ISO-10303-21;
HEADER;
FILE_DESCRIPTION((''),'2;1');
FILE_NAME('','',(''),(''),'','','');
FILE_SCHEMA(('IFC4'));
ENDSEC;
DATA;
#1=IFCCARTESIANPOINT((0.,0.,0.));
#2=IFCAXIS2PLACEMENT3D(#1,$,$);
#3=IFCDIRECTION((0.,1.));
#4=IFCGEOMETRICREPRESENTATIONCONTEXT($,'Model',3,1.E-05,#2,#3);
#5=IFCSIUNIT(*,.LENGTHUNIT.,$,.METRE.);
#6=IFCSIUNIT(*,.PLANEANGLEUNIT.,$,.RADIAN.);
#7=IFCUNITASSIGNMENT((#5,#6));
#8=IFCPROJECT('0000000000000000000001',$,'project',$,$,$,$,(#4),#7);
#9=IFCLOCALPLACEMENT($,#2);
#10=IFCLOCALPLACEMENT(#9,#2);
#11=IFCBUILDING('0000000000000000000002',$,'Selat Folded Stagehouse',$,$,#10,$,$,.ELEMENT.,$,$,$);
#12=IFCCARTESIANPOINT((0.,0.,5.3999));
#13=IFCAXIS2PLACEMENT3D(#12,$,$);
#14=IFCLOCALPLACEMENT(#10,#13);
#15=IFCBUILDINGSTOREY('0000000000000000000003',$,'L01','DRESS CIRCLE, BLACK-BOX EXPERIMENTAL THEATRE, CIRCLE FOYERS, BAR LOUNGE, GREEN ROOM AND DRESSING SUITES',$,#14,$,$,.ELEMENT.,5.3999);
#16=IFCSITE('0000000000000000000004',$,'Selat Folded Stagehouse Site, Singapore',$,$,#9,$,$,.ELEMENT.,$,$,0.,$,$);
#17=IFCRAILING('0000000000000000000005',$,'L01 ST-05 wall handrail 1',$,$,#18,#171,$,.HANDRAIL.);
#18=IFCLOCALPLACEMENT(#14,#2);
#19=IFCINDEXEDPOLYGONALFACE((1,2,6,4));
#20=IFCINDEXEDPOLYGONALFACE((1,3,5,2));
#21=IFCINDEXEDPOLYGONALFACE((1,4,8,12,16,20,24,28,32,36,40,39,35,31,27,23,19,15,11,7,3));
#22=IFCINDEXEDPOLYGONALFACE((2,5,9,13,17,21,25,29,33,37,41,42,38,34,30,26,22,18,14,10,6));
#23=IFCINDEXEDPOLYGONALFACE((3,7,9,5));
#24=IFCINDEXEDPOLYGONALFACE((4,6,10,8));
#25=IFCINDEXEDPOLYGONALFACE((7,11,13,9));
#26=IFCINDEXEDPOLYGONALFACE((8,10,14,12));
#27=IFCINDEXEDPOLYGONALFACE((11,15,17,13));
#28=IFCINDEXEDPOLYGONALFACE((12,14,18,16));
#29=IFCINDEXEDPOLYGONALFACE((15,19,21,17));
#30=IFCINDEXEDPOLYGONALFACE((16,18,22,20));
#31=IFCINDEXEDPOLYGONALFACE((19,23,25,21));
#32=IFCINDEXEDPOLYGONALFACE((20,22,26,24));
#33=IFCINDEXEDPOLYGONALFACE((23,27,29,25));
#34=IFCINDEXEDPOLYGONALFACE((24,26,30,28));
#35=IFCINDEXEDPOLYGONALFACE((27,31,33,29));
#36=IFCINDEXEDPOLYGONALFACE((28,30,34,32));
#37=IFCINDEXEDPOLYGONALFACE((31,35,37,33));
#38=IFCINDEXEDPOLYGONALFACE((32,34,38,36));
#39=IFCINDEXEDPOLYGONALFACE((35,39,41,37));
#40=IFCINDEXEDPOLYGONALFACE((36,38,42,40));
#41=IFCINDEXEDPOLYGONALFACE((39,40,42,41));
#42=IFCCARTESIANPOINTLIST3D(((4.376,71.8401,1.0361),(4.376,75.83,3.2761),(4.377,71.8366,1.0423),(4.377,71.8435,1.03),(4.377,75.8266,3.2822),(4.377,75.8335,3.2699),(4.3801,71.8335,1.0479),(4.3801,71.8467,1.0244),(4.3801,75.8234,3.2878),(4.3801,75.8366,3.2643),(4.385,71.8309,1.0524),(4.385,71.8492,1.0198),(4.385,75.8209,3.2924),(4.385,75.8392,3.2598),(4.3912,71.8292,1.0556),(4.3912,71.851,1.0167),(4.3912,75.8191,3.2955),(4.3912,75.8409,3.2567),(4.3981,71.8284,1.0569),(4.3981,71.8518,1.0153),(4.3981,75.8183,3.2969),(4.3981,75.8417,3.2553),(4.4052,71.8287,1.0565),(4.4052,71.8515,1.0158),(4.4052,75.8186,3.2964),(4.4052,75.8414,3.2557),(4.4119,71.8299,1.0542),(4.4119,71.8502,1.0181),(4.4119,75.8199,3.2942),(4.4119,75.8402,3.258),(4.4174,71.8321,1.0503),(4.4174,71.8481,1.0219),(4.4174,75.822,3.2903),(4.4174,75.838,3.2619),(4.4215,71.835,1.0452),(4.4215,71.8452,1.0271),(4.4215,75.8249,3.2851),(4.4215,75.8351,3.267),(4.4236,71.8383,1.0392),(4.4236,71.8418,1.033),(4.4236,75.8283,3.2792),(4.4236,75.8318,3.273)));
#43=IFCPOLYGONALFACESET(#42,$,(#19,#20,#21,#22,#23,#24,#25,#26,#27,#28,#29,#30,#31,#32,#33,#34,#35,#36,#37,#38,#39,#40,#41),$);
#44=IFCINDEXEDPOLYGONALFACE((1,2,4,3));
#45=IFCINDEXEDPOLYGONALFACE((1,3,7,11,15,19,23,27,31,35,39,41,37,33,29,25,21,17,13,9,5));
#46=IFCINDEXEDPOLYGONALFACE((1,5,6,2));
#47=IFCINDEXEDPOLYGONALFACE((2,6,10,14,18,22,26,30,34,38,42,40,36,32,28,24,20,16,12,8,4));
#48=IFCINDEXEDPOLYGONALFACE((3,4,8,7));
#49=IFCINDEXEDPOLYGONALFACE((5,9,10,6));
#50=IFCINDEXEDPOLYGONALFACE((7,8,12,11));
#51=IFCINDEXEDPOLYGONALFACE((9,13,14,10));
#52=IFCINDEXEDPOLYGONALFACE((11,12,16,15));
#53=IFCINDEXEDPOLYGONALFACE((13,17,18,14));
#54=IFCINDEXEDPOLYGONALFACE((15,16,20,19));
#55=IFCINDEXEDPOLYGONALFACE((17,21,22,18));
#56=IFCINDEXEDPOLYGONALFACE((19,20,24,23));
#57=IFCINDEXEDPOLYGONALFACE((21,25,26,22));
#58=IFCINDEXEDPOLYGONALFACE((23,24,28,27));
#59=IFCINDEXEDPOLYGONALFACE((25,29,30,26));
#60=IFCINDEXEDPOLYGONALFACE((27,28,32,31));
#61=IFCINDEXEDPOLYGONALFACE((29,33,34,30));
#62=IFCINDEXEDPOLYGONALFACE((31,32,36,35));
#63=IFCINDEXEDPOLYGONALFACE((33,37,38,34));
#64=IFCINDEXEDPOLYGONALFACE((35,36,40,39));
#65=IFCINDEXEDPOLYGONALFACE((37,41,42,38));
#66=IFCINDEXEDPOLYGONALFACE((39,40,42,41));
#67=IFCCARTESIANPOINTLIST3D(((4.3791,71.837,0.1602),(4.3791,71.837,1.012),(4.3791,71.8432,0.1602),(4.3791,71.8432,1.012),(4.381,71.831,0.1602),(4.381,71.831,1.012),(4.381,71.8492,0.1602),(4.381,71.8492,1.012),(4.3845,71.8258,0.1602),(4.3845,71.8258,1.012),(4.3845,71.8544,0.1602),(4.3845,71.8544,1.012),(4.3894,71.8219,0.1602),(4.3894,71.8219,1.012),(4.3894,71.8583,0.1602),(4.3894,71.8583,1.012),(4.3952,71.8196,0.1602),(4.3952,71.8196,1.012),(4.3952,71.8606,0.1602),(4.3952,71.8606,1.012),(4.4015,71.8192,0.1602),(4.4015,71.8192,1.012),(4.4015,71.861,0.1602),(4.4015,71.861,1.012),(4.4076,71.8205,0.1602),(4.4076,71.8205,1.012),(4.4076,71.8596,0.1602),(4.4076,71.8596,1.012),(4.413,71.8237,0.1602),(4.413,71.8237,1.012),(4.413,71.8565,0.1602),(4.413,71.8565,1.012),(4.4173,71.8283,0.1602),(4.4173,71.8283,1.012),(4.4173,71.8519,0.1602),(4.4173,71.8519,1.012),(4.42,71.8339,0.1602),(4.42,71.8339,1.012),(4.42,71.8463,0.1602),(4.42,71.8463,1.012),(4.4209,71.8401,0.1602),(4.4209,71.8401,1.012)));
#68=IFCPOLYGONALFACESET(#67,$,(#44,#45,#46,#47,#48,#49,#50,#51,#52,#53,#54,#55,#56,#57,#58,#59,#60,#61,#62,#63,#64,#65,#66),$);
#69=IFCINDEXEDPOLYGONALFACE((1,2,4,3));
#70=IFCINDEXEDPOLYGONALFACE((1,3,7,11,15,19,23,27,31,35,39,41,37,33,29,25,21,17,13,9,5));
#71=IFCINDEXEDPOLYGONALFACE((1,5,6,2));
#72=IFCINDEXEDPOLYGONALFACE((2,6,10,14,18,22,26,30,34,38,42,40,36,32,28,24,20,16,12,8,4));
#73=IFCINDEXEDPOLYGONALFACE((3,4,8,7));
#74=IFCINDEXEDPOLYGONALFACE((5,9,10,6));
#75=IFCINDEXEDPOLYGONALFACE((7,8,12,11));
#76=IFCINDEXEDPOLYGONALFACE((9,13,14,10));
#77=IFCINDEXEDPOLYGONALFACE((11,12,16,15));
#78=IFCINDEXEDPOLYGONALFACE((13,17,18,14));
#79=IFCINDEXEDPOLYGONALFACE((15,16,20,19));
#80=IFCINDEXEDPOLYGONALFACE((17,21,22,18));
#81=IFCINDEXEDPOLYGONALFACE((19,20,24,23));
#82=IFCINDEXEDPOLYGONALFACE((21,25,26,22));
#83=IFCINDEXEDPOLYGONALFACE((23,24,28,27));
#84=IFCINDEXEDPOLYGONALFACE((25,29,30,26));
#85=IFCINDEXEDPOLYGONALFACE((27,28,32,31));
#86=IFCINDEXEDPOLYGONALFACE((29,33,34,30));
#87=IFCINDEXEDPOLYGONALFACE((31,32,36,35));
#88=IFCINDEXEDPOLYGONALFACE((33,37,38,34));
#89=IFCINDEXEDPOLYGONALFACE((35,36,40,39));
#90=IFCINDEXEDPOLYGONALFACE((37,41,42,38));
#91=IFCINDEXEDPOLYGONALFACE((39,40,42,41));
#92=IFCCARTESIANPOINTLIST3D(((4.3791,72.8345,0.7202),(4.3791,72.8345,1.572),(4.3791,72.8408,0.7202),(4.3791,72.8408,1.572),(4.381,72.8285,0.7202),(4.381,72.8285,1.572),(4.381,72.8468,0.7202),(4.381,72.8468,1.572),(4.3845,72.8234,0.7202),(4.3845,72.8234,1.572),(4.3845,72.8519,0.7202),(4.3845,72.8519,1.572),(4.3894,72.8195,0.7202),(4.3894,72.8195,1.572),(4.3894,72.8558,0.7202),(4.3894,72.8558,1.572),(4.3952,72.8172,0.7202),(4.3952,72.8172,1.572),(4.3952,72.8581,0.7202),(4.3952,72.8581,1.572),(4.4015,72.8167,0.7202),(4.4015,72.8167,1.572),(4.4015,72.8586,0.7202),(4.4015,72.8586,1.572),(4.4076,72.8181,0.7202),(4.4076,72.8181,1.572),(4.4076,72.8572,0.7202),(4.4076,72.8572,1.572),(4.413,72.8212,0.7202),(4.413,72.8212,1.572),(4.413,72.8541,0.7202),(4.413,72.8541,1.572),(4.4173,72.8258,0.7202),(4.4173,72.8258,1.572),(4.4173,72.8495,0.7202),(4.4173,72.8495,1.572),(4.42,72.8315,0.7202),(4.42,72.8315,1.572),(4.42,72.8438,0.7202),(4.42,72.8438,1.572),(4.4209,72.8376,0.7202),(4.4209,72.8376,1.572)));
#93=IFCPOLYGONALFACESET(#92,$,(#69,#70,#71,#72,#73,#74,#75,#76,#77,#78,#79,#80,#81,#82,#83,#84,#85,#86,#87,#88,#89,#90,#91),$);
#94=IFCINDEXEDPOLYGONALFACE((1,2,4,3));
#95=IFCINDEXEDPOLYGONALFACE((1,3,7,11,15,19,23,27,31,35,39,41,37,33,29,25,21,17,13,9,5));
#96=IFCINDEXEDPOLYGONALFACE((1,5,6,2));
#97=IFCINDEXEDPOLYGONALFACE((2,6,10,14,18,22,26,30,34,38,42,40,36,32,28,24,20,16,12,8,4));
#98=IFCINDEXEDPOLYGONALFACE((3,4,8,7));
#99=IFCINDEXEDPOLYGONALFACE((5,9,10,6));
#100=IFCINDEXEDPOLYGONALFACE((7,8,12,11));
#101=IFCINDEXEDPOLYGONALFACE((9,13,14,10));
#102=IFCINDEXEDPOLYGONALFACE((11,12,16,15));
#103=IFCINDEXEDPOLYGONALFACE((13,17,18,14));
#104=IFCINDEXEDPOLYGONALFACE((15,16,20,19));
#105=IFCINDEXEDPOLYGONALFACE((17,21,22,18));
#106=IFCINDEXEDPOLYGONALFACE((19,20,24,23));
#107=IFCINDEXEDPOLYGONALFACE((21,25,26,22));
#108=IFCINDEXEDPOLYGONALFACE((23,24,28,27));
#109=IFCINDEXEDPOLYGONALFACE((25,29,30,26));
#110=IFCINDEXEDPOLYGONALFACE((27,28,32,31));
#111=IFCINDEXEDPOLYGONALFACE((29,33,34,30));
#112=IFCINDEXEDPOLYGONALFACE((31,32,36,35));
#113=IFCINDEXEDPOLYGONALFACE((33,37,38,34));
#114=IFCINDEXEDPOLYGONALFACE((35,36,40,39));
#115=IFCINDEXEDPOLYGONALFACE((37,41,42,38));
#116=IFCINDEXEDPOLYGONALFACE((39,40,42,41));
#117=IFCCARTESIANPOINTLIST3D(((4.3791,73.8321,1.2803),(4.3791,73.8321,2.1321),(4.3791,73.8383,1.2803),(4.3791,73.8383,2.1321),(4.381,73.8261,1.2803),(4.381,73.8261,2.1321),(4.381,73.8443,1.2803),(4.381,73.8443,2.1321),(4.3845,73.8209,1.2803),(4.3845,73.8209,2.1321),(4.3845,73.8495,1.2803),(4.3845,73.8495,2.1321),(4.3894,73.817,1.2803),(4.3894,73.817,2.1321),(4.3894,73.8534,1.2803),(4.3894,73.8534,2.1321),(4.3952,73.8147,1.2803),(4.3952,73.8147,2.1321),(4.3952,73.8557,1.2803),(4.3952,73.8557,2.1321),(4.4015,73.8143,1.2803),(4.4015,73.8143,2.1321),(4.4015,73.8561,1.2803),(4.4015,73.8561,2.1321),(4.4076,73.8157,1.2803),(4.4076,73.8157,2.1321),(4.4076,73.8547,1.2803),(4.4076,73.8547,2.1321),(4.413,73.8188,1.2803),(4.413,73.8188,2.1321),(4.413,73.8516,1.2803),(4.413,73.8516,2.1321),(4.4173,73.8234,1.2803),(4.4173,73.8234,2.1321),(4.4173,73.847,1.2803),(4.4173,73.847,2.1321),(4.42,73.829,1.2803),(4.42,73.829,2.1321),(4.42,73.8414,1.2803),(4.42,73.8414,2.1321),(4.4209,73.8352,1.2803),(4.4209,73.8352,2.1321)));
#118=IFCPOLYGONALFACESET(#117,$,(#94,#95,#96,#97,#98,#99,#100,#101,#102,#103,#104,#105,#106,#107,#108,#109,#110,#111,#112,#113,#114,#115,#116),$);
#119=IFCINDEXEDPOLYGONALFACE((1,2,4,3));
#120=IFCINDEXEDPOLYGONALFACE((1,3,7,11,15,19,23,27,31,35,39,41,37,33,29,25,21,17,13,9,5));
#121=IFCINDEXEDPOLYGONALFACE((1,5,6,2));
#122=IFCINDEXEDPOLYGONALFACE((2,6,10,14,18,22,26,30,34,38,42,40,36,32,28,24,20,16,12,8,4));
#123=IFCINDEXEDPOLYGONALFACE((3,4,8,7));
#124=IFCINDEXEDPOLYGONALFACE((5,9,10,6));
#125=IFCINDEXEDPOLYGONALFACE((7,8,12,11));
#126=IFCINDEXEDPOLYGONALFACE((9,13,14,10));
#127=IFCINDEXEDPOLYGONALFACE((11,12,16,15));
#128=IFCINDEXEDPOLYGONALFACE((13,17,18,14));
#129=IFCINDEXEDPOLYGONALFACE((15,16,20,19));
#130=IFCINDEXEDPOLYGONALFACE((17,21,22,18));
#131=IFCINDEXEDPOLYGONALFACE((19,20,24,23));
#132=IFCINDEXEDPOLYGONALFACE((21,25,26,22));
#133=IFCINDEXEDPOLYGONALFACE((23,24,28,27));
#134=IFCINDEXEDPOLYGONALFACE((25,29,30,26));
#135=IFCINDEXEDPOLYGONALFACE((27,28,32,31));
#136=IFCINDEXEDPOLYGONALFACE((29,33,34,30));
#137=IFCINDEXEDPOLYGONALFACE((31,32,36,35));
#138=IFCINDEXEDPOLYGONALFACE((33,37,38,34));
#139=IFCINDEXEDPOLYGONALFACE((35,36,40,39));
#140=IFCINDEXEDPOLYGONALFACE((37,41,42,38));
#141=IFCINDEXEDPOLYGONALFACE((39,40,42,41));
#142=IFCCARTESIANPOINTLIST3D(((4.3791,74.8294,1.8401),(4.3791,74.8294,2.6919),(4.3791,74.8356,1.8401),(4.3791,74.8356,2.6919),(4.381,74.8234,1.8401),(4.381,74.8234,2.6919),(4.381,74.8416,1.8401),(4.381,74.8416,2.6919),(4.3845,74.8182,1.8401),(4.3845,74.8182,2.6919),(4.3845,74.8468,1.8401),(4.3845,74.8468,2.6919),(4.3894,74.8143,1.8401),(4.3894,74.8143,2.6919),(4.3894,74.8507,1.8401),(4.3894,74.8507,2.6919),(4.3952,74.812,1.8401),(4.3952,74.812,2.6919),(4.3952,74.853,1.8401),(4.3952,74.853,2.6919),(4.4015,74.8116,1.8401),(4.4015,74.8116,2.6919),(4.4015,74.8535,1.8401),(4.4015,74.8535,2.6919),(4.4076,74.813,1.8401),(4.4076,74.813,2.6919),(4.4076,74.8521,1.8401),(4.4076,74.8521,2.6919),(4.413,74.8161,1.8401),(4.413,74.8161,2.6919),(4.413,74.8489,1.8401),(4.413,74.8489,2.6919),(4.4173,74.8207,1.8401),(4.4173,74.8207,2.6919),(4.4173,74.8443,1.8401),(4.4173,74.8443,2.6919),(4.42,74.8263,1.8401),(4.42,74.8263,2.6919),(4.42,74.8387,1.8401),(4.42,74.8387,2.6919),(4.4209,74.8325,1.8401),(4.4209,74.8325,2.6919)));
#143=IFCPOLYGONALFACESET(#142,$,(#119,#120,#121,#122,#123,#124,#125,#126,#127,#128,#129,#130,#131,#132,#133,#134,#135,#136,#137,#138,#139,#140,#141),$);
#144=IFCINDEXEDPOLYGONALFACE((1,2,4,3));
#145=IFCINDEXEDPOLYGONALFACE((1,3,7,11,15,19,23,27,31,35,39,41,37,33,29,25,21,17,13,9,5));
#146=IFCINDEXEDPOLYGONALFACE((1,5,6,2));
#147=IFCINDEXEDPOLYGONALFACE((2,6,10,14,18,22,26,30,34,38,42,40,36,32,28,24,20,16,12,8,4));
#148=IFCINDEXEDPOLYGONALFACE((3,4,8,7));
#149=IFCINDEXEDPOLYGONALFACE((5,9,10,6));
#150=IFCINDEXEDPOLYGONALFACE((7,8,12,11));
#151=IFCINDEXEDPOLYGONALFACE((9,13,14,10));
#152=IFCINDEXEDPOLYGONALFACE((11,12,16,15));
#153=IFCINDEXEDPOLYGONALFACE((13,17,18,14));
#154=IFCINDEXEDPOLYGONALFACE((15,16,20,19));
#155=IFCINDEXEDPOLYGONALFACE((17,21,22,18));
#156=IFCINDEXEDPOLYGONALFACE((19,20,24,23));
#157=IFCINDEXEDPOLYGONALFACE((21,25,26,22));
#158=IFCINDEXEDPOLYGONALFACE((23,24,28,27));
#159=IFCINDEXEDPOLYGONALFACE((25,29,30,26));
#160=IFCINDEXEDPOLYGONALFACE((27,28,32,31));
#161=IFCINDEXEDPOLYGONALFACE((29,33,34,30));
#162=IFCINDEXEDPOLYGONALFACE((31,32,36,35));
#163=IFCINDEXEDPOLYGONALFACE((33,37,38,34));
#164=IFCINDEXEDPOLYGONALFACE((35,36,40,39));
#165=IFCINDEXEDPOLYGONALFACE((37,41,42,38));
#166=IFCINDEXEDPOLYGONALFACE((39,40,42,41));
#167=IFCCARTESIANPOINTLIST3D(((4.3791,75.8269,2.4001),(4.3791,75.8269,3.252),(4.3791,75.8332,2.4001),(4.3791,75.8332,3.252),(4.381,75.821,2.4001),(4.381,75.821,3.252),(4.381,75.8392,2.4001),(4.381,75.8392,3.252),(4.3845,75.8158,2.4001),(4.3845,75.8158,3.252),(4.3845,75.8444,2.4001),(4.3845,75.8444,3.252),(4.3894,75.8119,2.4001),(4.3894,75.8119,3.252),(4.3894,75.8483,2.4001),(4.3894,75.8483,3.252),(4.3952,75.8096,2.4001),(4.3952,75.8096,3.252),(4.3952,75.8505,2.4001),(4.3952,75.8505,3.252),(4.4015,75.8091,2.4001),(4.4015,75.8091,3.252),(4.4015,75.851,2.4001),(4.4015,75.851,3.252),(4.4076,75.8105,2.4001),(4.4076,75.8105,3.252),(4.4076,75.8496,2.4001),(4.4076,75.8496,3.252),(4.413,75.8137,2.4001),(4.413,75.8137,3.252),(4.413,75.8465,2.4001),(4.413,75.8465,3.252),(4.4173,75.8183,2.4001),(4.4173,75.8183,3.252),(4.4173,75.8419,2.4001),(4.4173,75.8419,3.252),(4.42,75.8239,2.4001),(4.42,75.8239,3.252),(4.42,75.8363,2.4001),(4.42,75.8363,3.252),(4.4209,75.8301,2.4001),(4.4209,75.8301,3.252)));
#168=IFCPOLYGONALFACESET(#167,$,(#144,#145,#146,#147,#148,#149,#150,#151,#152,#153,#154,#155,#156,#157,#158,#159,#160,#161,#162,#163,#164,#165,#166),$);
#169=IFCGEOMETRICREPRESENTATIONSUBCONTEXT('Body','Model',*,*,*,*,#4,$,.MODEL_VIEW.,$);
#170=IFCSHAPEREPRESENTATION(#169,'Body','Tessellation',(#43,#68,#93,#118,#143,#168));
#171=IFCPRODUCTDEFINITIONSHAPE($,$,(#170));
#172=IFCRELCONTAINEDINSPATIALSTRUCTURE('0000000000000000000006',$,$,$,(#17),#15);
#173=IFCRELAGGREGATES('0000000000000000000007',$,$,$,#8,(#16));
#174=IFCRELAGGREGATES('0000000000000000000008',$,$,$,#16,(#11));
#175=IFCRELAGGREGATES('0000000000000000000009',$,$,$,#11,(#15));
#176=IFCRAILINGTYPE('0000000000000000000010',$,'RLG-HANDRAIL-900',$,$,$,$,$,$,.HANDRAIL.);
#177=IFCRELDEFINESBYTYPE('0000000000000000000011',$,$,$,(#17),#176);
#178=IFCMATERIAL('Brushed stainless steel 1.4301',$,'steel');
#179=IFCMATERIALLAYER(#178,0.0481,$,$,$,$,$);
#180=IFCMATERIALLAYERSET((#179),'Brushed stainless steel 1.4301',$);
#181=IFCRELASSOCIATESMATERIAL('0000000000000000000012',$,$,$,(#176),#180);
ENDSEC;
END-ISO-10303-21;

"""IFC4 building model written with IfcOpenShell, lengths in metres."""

from ifc_helpers import new_model, si_unit, direction, frame, origin, origin_2d, place, context, subcontext, project, spatial, circle, extrude, material, layer, layer_set, type_object, element, save


model = new_model("IFC4")

# Units and contexts
model_context = context("Model", 3, precision=1e-05, world=origin(), true_north=direction((0.0, 1.0)))
body_context = subcontext(model_context, "Body", "Model", "MODEL_VIEW")
ifc_project = project(units=[si_unit("LENGTHUNIT", "METRE"), si_unit("PLANEANGLEUNIT", "RADIAN")], contexts=[model_context])

# Site, building, storey
site_placement = place(None, origin())
site = spatial("IfcSite", under=ifc_project, at=site_placement, Name="Selat Folded Stagehouse Site, Singapore", CompositionType="ELEMENT", RefElevation=0.0)
building_placement = place(site_placement, origin())
building = spatial("IfcBuilding", under=site, at=building_placement, Name="Selat Folded Stagehouse", CompositionType="ELEMENT")
storey_placement = place(building_placement, frame((0.0, 0.0, 5.3999)))
storey = spatial("IfcBuildingStorey", under=building, at=storey_placement, Name="L01", Description="DRESS CIRCLE, BLACK-BOX EXPERIMENTAL THEATRE, CIRCLE FOYERS, BAR LOUNGE, GREEN ROOM AND DRESSING SUITES", CompositionType="ELEMENT", Elevation=5.3999)

# Railing
ifc_material_1 = material(Name="Brushed stainless steel 1.4301", Category="steel")
ifc_layer_1 = layer(ifc_material_1, 0.0481)
ifc_layer_set_1 = layer_set([ifc_layer_1], Name="Brushed stainless steel 1.4301")
railing_type_1 = type_object("IfcRailingType", Name="RLG-HANDRAIL-900", PredefinedType="HANDRAIL", material=ifc_layer_set_1)
railing_1_placement = place(storey_placement, frame((4.3999, 71.8401, 0.1602)))
element("IfcRailing", 1, at=railing_1_placement, inside=storey, type_object=railing_type_1, Name="L01 ST-05 wall handrail 1", PredefinedType="HANDRAIL", context=body_context, shape_type="SweptSolid", body=[
    extrude(circle(Radius=0.0239, at=origin_2d()), frame((0.0, 0.0, 0.876), z_axis=(0.0, 0.871984, 0.489534), x_axis=(-1.0, 0.0, 0.0)), (0.0, 0.0, 1.0), 4.5757),
    extrude(circle(Radius=0.021, at=origin_2d()), origin(), (0.0, 0.0, 1.0), 0.8518),
    extrude(circle(Radius=0.021, at=origin_2d()), frame((0.0, 0.9976, 0.5601)), (0.0, 0.0, 1.0), 0.8518),
    extrude(circle(Radius=0.021, at=origin_2d()), frame((0.0, 1.9951, 1.1201)), (0.0, 0.0, 1.0), 0.8518),
    extrude(circle(Radius=0.021, at=origin_2d()), frame((0.0, 2.9924, 1.6799)), (0.0, 0.0, 1.0), 0.8518),
    extrude(circle(Radius=0.021, at=origin_2d()), frame((0.0, 3.99, 2.24)), (0.0, 0.0, 1.0), 0.8518),
])

save(model, "model.ifc")
